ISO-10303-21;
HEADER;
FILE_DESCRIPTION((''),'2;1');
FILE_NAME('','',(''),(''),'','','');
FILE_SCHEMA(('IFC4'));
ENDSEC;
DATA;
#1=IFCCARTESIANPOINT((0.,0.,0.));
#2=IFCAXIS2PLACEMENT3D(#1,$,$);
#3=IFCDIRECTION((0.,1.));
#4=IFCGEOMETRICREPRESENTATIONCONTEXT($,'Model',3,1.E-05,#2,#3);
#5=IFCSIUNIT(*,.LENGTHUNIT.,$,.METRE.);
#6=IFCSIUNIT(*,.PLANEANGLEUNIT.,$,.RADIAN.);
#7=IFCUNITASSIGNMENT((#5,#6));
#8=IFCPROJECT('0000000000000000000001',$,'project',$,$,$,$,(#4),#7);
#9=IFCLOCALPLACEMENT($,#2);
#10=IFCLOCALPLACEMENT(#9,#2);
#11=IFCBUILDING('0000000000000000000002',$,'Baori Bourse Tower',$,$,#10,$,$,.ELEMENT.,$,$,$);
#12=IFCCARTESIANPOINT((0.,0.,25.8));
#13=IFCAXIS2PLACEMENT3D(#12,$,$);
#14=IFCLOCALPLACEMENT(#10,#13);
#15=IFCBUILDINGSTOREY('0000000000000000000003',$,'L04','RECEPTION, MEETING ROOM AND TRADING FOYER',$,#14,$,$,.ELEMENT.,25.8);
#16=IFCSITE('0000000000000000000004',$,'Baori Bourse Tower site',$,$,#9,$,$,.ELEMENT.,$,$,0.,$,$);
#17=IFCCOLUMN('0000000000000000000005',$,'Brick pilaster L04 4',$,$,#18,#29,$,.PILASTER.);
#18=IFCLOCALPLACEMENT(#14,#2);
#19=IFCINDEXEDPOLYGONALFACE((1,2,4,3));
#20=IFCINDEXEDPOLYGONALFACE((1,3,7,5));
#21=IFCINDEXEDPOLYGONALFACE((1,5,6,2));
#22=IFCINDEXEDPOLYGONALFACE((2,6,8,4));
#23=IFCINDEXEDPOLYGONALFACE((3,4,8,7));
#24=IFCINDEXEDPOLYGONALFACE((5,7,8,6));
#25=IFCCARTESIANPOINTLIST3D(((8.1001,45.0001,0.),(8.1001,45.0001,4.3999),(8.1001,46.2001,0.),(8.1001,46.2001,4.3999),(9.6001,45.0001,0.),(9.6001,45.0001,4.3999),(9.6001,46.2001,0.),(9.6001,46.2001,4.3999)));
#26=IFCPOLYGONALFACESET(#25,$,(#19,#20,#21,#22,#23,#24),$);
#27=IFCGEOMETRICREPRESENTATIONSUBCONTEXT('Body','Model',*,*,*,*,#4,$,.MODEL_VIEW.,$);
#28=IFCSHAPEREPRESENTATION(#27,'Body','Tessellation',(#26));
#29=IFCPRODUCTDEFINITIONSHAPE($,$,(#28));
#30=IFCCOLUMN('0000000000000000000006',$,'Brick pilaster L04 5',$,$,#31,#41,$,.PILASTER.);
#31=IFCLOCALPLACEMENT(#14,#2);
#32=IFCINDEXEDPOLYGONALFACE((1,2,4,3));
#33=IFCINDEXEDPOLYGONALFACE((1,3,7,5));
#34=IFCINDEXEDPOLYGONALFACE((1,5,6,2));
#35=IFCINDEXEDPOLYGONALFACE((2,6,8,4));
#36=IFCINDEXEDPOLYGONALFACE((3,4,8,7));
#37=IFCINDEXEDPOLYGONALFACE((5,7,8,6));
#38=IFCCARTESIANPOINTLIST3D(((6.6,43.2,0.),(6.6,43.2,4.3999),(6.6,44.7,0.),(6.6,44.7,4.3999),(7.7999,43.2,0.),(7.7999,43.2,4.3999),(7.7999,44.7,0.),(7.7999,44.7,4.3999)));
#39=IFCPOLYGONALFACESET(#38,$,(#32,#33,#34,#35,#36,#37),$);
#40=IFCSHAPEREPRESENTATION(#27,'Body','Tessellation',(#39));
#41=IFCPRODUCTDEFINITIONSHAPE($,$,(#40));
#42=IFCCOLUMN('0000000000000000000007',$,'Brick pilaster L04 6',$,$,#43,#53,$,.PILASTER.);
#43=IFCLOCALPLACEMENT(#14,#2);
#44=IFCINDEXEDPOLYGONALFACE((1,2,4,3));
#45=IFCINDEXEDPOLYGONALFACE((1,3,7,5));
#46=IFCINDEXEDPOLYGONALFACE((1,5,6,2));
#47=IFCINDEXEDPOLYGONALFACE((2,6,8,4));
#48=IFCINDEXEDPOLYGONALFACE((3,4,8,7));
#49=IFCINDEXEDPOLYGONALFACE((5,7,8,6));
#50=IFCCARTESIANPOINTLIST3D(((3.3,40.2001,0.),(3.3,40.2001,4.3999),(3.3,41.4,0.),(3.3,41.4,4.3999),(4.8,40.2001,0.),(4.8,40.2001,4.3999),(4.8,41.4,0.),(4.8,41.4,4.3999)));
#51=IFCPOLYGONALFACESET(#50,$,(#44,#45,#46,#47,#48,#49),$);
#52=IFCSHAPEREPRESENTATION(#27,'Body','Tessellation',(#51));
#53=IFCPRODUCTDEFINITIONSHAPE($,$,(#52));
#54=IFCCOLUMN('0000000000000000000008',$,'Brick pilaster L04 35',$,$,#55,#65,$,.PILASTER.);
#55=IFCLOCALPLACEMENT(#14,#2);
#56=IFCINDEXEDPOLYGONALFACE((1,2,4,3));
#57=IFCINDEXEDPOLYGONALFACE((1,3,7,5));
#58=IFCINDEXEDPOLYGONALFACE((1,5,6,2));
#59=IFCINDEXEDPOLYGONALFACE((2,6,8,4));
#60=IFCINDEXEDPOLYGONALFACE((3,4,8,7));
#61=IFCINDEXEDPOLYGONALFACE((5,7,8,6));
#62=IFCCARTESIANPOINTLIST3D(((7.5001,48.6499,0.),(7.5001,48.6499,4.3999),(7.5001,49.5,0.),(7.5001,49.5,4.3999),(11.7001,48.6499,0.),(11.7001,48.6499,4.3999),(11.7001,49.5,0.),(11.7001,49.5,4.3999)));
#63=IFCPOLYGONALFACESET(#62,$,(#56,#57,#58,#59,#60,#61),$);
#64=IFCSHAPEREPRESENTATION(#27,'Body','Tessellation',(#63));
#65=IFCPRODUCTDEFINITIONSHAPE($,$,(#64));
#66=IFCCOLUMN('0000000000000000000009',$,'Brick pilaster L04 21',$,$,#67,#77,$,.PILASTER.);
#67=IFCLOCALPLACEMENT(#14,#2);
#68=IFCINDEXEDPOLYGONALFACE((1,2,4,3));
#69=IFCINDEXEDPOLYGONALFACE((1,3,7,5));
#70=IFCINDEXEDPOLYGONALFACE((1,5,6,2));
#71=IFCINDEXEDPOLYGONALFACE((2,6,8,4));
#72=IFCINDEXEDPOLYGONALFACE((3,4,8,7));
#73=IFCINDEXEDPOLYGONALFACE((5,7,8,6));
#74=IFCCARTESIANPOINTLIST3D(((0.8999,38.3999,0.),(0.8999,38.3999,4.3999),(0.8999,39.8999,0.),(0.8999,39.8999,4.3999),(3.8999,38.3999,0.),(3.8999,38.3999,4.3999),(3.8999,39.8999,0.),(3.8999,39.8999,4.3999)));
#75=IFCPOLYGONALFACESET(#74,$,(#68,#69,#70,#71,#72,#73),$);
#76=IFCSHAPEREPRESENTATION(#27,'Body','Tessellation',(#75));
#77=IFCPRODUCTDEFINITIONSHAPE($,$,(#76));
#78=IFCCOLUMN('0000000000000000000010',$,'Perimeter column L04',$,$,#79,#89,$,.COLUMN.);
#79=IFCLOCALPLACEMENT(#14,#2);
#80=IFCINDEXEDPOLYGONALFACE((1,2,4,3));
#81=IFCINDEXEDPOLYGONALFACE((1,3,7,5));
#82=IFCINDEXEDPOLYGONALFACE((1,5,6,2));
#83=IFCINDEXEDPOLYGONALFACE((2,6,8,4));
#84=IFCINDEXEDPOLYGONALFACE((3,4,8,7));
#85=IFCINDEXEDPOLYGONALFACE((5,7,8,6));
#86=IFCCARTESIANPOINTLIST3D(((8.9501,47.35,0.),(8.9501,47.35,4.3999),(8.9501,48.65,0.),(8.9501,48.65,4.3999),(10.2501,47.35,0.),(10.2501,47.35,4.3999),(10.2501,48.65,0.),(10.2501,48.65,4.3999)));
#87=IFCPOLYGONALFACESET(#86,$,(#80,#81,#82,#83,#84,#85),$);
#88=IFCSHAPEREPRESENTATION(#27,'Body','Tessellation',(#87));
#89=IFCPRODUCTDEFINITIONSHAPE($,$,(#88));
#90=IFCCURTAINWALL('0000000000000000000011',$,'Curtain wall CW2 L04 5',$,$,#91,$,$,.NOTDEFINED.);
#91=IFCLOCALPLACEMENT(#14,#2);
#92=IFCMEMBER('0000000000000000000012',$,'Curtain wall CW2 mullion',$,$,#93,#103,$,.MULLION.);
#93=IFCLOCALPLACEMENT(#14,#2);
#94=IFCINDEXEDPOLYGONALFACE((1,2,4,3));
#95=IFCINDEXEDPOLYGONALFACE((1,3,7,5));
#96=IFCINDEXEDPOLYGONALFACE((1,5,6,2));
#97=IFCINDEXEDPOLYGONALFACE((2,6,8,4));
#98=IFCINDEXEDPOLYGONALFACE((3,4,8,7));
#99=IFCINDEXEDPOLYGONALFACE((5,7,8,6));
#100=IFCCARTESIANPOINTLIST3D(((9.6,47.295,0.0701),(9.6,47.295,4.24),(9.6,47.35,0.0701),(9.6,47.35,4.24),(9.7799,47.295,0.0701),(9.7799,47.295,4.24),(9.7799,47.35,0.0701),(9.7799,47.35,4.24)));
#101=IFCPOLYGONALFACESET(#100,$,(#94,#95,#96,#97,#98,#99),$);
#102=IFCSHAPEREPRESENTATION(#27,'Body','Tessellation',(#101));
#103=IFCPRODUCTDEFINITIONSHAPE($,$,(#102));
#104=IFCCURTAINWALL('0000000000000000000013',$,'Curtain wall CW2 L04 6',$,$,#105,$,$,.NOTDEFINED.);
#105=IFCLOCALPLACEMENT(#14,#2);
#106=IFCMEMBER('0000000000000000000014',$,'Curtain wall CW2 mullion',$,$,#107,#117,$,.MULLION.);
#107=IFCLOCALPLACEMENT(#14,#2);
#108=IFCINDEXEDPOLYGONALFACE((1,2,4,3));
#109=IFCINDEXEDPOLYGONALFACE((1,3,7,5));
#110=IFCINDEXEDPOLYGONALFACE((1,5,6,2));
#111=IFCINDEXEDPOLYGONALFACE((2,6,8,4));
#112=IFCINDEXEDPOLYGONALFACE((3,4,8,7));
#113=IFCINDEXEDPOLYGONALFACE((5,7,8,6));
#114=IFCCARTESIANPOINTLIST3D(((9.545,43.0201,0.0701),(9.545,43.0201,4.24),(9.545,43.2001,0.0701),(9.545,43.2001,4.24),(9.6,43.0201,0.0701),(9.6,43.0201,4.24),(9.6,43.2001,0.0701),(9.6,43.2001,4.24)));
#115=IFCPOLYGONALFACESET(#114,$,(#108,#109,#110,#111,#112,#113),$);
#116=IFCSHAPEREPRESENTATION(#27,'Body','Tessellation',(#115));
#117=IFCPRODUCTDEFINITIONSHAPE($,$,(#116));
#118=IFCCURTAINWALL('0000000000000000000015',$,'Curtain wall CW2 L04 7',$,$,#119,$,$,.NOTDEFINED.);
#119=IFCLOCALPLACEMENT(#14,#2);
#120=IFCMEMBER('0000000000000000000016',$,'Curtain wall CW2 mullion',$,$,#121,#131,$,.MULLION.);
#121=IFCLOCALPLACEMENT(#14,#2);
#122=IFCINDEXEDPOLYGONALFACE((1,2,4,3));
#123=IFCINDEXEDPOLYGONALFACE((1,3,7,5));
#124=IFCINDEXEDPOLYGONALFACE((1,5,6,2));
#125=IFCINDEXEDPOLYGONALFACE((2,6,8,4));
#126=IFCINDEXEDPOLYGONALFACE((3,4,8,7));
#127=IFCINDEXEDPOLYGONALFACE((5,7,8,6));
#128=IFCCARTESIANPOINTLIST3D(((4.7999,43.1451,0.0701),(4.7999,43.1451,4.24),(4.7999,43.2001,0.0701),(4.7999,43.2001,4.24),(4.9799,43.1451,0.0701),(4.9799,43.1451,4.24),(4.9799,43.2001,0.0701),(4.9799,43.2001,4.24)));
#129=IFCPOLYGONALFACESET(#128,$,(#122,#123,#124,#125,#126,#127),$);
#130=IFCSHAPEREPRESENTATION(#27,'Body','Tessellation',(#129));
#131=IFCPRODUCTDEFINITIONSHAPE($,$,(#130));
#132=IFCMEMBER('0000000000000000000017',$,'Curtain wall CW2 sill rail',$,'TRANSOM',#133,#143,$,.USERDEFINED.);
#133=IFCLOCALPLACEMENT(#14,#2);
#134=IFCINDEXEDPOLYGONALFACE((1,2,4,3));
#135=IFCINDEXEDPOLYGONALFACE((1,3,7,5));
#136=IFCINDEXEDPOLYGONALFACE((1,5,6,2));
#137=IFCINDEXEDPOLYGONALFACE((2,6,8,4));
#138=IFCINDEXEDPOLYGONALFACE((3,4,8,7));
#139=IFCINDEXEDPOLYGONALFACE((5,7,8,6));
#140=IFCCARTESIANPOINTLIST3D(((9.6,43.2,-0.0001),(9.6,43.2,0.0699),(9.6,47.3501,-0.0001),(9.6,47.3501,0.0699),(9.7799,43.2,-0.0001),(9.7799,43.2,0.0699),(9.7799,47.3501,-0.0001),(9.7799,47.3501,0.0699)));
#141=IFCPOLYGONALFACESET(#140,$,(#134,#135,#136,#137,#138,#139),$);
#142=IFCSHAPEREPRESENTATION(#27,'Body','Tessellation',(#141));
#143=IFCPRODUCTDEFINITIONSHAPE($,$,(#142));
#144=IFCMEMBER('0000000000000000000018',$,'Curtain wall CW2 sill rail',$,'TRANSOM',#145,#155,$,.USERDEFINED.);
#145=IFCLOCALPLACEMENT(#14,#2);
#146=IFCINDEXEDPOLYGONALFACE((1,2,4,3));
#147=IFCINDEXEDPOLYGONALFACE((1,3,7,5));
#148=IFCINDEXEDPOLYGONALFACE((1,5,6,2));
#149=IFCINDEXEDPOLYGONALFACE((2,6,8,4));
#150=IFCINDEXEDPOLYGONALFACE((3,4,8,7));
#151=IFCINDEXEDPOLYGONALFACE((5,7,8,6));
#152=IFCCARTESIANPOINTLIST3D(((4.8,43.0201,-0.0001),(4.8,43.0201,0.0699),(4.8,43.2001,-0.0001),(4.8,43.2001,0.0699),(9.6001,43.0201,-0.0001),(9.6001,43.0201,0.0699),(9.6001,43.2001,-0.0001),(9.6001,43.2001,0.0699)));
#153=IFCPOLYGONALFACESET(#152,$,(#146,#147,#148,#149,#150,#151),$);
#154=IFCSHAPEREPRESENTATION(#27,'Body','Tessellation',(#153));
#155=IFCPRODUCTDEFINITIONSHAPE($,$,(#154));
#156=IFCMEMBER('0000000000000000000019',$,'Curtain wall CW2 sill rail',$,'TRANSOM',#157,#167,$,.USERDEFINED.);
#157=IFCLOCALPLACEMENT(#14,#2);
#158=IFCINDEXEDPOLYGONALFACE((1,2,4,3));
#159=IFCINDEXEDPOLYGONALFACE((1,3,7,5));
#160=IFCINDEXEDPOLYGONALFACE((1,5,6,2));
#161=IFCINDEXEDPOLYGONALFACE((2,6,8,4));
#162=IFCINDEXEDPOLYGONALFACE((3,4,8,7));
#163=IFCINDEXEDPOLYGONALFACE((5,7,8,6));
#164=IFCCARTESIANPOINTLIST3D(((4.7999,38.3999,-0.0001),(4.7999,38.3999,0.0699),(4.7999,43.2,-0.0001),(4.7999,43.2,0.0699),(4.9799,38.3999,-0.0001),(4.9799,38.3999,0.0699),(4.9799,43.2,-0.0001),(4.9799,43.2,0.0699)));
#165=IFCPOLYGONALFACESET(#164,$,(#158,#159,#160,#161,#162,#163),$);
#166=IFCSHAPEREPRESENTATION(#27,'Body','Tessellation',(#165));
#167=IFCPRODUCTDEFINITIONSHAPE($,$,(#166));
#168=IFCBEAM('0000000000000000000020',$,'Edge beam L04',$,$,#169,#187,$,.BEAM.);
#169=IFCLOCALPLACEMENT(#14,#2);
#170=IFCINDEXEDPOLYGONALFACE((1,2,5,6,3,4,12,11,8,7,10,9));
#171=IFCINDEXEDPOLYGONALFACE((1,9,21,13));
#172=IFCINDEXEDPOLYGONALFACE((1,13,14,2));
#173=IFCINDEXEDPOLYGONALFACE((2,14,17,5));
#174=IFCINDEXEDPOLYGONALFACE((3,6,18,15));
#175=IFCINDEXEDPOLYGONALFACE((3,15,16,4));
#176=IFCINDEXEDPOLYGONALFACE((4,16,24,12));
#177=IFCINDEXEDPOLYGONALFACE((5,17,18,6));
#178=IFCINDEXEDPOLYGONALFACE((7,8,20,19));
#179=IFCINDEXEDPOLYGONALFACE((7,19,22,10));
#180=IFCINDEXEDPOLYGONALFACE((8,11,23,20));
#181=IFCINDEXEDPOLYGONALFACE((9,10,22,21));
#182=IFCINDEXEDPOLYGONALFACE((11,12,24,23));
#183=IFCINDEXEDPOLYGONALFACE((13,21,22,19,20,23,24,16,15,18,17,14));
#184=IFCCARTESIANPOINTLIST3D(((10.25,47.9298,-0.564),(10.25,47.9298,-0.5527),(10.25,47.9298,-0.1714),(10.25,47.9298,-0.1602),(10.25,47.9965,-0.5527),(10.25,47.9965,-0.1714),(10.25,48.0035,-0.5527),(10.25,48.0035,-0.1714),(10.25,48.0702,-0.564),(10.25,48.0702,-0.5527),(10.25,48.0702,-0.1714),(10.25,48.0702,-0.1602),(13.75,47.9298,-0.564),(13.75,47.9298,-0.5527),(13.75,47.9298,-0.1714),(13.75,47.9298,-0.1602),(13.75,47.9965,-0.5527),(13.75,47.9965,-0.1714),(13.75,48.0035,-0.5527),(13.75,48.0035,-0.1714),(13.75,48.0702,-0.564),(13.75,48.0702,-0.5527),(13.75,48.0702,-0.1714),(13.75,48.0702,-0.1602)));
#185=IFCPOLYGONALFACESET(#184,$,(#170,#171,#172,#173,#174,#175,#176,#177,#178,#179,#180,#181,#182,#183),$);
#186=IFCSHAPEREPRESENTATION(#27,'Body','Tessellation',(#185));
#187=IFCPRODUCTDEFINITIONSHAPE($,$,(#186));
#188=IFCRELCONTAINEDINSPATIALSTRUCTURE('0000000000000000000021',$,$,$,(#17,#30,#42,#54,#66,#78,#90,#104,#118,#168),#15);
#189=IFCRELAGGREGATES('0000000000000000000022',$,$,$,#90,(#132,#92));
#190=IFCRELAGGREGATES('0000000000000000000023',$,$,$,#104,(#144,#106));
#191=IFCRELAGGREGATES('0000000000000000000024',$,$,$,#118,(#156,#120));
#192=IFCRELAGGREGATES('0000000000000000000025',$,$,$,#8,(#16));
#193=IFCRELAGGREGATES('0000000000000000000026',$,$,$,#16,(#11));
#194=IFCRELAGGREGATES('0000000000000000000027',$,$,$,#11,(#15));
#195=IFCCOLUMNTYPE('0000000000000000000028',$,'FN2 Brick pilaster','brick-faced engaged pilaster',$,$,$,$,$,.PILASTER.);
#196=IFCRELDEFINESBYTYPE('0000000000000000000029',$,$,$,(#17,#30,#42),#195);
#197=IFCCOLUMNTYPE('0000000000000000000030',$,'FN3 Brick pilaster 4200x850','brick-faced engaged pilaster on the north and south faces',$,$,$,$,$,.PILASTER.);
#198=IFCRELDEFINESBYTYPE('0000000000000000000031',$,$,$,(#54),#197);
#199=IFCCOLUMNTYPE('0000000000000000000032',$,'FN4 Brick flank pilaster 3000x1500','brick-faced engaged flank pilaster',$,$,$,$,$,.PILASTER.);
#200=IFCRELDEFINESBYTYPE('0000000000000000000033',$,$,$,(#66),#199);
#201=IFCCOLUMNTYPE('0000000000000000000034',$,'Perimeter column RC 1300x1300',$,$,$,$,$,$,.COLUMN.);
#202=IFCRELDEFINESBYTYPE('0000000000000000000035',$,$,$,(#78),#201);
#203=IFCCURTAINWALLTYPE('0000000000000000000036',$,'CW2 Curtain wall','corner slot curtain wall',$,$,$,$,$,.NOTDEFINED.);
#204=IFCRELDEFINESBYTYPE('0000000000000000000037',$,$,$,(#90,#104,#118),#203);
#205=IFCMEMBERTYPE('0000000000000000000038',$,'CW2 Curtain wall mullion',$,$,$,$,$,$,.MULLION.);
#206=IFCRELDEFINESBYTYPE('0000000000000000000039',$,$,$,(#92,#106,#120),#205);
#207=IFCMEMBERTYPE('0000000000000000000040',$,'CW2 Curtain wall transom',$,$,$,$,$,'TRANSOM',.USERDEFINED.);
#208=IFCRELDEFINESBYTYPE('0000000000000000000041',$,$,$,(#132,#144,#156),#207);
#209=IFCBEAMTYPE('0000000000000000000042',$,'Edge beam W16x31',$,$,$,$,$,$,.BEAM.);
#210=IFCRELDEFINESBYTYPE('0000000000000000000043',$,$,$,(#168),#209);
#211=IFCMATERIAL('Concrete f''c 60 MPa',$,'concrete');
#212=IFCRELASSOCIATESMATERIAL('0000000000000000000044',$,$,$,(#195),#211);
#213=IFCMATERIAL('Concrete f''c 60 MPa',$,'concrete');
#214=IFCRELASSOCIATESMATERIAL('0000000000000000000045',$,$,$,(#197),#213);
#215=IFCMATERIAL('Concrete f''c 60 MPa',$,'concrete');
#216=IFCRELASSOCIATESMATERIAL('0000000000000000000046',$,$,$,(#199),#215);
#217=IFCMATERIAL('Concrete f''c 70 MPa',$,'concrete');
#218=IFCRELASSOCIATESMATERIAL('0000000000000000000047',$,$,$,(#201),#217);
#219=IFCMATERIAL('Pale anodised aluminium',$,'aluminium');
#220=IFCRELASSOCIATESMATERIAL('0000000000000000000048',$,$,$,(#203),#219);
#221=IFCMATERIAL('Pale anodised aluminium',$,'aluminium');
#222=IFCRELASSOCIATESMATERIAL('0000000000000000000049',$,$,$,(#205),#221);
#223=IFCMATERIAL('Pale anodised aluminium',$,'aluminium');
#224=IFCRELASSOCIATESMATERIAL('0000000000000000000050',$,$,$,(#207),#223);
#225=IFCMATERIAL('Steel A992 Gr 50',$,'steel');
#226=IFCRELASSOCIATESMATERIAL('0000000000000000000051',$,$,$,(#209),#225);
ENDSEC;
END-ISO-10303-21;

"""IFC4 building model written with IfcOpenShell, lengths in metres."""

from ifc_helpers import new_model, si_unit, direction, frame, origin, origin_2d, place, context, subcontext, project, spatial, rectangle, i_section, extrude, material, material_profile, profile_set, type_object, element, aggregate, save


model = new_model("IFC4")

# Units and contexts
model_context = context("Model", 3, precision=1e-05, world=origin(), true_north=direction((0.0, 1.0)))
body_context = subcontext(model_context, "Body", "Model", "MODEL_VIEW")
ifc_project = project(units=[si_unit("LENGTHUNIT", "METRE"), si_unit("PLANEANGLEUNIT", "RADIAN")], contexts=[model_context])

# Site, building, storey
site_placement = place(None, origin())
site = spatial("IfcSite", under=ifc_project, at=site_placement, Name="Baori Bourse Tower site", CompositionType="ELEMENT", RefElevation=0.0)
building_placement = place(site_placement, origin())
building = spatial("IfcBuilding", under=site, at=building_placement, Name="Baori Bourse Tower", CompositionType="ELEMENT")
storey_placement = place(building_placement, frame((0.0, 0.0, 25.8)))
storey = spatial("IfcBuildingStorey", under=building, at=storey_placement, Name="L04", Description="RECEPTION, MEETING ROOM AND TRADING FOYER", CompositionType="ELEMENT", Elevation=25.8)

# Columns
ifc_material_1 = material(Name="Concrete f'c 60 MPa", Category="concrete")
ifc_material_profile_1 = material_profile(ifc_material_1, rectangle(XDim=1.2, YDim=1.5, at=origin_2d()), Name="RC 1200x1500")
ifc_profile_set_1 = profile_set([ifc_material_profile_1], Name="Concrete f'c 60 MPa")
column_type_1 = type_object("IfcColumnType", Name="FN2 Brick pilaster", Description="brick-faced engaged pilaster", PredefinedType="PILASTER", material=ifc_profile_set_1)
for number, where, z_axis, x_axis, name in (
    (1, (8.8501, 45.6001, 0.0), (0.0, 0.0, 1.0), (0.0, 1.0, 0.0), "Brick pilaster L04 4"),
    (2, (7.2, 43.95, 0.0), (0.0, 0.0, 1.0), (1.0, 0.0, 0.0), "Brick pilaster L04 5"),
    (3, (4.05, 40.8, 0.0), (0.0, 0.0, 1.0), (0.0, 1.0, 0.0), "Brick pilaster L04 6"),
):
    element("IfcColumn", number, at=place(storey_placement, frame(where, z_axis=z_axis, x_axis=x_axis)), inside=storey, type_object=column_type_1, Name=name, PredefinedType="PILASTER", context=body_context, shape_type="SweptSolid", body=[
        extrude(rectangle(XDim=1.2, YDim=1.5, at=origin_2d()), origin(), (0.0, 0.0, 1.0), 4.3999),
    ])
ifc_material_2 = material(Name="Concrete f'c 60 MPa", Category="concrete")
ifc_material_profile_2 = material_profile(ifc_material_2, rectangle(XDim=4.2, YDim=0.8501, at=origin_2d()), Name="RC 4200x850")
ifc_profile_set_2 = profile_set([ifc_material_profile_2], Name="Concrete f'c 60 MPa")
column_type_2 = type_object("IfcColumnType", Name="FN3 Brick pilaster 4200x850", Description="brick-faced engaged pilaster on the north and south faces", PredefinedType="PILASTER", material=ifc_profile_set_2)
column_1_placement = place(storey_placement, frame((9.6001, 49.075, 0.0), z_axis=(0.0, 0.0, 1.0), x_axis=(1.0, 0.0, 0.0)))
element("IfcColumn", 4, at=column_1_placement, inside=storey, type_object=column_type_2, Name="Brick pilaster L04 35", PredefinedType="PILASTER", context=body_context, shape_type="SweptSolid", body=[
    extrude(rectangle(XDim=4.2, YDim=0.8501, at=origin_2d()), origin(), (0.0, 0.0, 1.0), 4.3999),
])
ifc_material_3 = material(Name="Concrete f'c 60 MPa", Category="concrete")
ifc_material_profile_3 = material_profile(ifc_material_3, rectangle(XDim=3.0, YDim=1.5, at=origin_2d()), Name="RC 3000x1500")
ifc_profile_set_3 = profile_set([ifc_material_profile_3], Name="Concrete f'c 60 MPa")
column_type_3 = type_object("IfcColumnType", Name="FN4 Brick flank pilaster 3000x1500", Description="brick-faced engaged flank pilaster", PredefinedType="PILASTER", material=ifc_profile_set_3)
column_2_placement = place(storey_placement, frame((2.3999, 39.1499, 0.0), z_axis=(0.0, 0.0, 1.0), x_axis=(1.0, 0.0, 0.0)))
element("IfcColumn", 5, at=column_2_placement, inside=storey, type_object=column_type_3, Name="Brick pilaster L04 21", PredefinedType="PILASTER", context=body_context, shape_type="SweptSolid", body=[
    extrude(rectangle(XDim=3.0, YDim=1.5, at=origin_2d()), origin(), (0.0, 0.0, 1.0), 4.3999),
])
ifc_material_4 = material(Name="Concrete f'c 70 MPa", Category="concrete")
ifc_material_profile_4 = material_profile(ifc_material_4, rectangle(XDim=1.3, YDim=1.3, at=origin_2d()), Name="RC 1300x1300")
ifc_profile_set_4 = profile_set([ifc_material_profile_4], Name="Concrete f'c 70 MPa")
column_type_4 = type_object("IfcColumnType", Name="Perimeter column RC 1300x1300", PredefinedType="COLUMN", material=ifc_profile_set_4)
column_3_placement = place(storey_placement, frame((9.6001, 48.0, 0.0), z_axis=(0.0, 0.0, 1.0), x_axis=(1.0, 0.0, 0.0)))
element("IfcColumn", 6, at=column_3_placement, inside=storey, type_object=column_type_4, Name="Perimeter column L04", PredefinedType="COLUMN", context=body_context, shape_type="SweptSolid", body=[
    extrude(rectangle(XDim=1.3, YDim=1.3, at=origin_2d()), origin(), (0.0, 0.0, 1.0), 4.3999),
])

# Curtain walls, members
ifc_material_5 = material(Name="Pale anodised aluminium", Category="aluminium")
curtain_wall_type = type_object("IfcCurtainWallType", Name="CW2 Curtain wall", Description="corner slot curtain wall", PredefinedType="NOTDEFINED", material=ifc_material_5)
curtain_wall_1_placement = place(storey_placement, origin())
curtain_wall_1 = element("IfcCurtainWall", 7, at=curtain_wall_1_placement, inside=storey, type_object=curtain_wall_type, Name="Curtain wall CW2 L04 5", PredefinedType="NOTDEFINED")
ifc_material_6 = material(Name="Pale anodised aluminium", Category="aluminium")
ifc_material_profile_5 = material_profile(ifc_material_6, rectangle(XDim=0.1799, YDim=0.0549, at=origin_2d()), Name="Mullion 55x180")
ifc_profile_set_5 = profile_set([ifc_material_profile_5], Name="Pale anodised aluminium")
member_type_1 = type_object("IfcMemberType", Name="CW2 Curtain wall mullion", PredefinedType="MULLION", material=ifc_profile_set_5)
member_1_placement = place(storey_placement, frame((9.6899, 47.3225, 0.0701), z_axis=(0.0, 0.0, 1.0), x_axis=(1.0, 0.0, 0.0)))
member_1 = element("IfcMember", 8, at=member_1_placement, type_object=member_type_1, Name="Curtain wall CW2 mullion", PredefinedType="MULLION", context=body_context, shape_type="SweptSolid", body=[
    extrude(rectangle(XDim=0.1799, YDim=0.0549, at=origin_2d()), origin(), (0.0, 0.0, 1.0), 4.1699),
])
curtain_wall_2_placement = place(storey_placement, origin())
curtain_wall_2 = element("IfcCurtainWall", 9, at=curtain_wall_2_placement, inside=storey, type_object=curtain_wall_type, Name="Curtain wall CW2 L04 6", PredefinedType="NOTDEFINED")
member_2_placement = place(storey_placement, frame((9.5725, 43.1101, 0.0701), z_axis=(0.0, 0.0, 1.0), x_axis=(0.0, -1.0, 0.0)))
member_2 = element("IfcMember", 10, at=member_2_placement, type_object=member_type_1, Name="Curtain wall CW2 mullion", PredefinedType="MULLION", context=body_context, shape_type="SweptSolid", body=[
    extrude(rectangle(XDim=0.1799, YDim=0.0549, at=origin_2d()), origin(), (0.0, 0.0, 1.0), 4.1699),
])
curtain_wall_3_placement = place(storey_placement, origin())
curtain_wall_3 = element("IfcCurtainWall", 11, at=curtain_wall_3_placement, inside=storey, type_object=curtain_wall_type, Name="Curtain wall CW2 L04 7", PredefinedType="NOTDEFINED")
member_3_placement = place(storey_placement, frame((4.8899, 43.1726, 0.0701), z_axis=(0.0, 0.0, 1.0), x_axis=(1.0, 0.0, 0.0)))
member_3 = element("IfcMember", 12, at=member_3_placement, type_object=member_type_1, Name="Curtain wall CW2 mullion", PredefinedType="MULLION", context=body_context, shape_type="SweptSolid", body=[
    extrude(rectangle(XDim=0.1799, YDim=0.0549, at=origin_2d()), origin(), (0.0, 0.0, 1.0), 4.1699),
])

# Members
ifc_material_7 = material(Name="Pale anodised aluminium", Category="aluminium")
ifc_material_profile_6 = material_profile(ifc_material_7, rectangle(XDim=0.1799, YDim=0.0701, at=origin_2d()), Name="Transom 70x180")
ifc_profile_set_6 = profile_set([ifc_material_profile_6], Name="Pale anodised aluminium")
member_type_2 = type_object("IfcMemberType", Name="CW2 Curtain wall transom", ElementType="TRANSOM", PredefinedType="USERDEFINED", material=ifc_profile_set_6)
member_4_placement = place(storey_placement, frame((9.6899, 47.3501, 0.0349), z_axis=(0.0, -1.0, 0.0), x_axis=(1.0, 0.0, 0.0)))
member_4 = element("IfcMember", 13, at=member_4_placement, type_object=member_type_2, Name="Curtain wall CW2 sill rail", ObjectType="TRANSOM", PredefinedType="USERDEFINED", context=body_context, shape_type="SweptSolid", body=[
    extrude(rectangle(XDim=0.1799, YDim=0.0701, at=origin_2d()), origin(), (0.0, 0.0, 1.0), 4.1501),
])
member_5_placement = place(storey_placement, frame((9.6001, 43.1101, 0.0349), z_axis=(-1.0, 0.0, 0.0), x_axis=(0.0, -1.0, 0.0)))
member_5 = element("IfcMember", 14, at=member_5_placement, type_object=member_type_2, Name="Curtain wall CW2 sill rail", ObjectType="TRANSOM", PredefinedType="USERDEFINED", context=body_context, shape_type="SweptSolid", body=[
    extrude(rectangle(XDim=0.1799, YDim=0.0701, at=origin_2d()), origin(), (0.0, 0.0, 1.0), 4.8),
])
member_6_placement = place(storey_placement, frame((4.8899, 43.2, 0.0349), z_axis=(0.0, -1.0, 0.0), x_axis=(1.0, 0.0, 0.0)))
member_6 = element("IfcMember", 15, at=member_6_placement, type_object=member_type_2, Name="Curtain wall CW2 sill rail", ObjectType="TRANSOM", PredefinedType="USERDEFINED", context=body_context, shape_type="SweptSolid", body=[
    extrude(rectangle(XDim=0.1799, YDim=0.0701, at=origin_2d()), origin(), (0.0, 0.0, 1.0), 4.8),
])

# Beam
ifc_material_8 = material(Name="Steel A992 Gr 50", Category="steel")
ifc_material_profile_7 = material_profile(ifc_material_8, i_section(OverallWidth=0.1404, OverallDepth=0.4038, WebThickness=0.0071, FlangeThickness=0.0112, at=origin_2d()), Name="W16x31")
ifc_profile_set_7 = profile_set([ifc_material_profile_7], Name="Steel A992 Gr 50")
beam_type_1 = type_object("IfcBeamType", Name="Edge beam W16x31", PredefinedType="BEAM", material=ifc_profile_set_7)
beam_1_placement = place(storey_placement, frame((10.25, 48.0, -0.3621), z_axis=(1.0, 0.0, 0.0), x_axis=(0.0, 1.0, 0.0)))
element("IfcBeam", 16, at=beam_1_placement, inside=storey, type_object=beam_type_1, Name="Edge beam L04", PredefinedType="BEAM", context=body_context, shape_type="SweptSolid", body=[
    extrude(i_section(OverallWidth=0.1404, OverallDepth=0.4038, WebThickness=0.0071, FlangeThickness=0.0112, at=origin_2d()), origin(), (0.0, 0.0, 1.0), 3.5),
])

aggregate(curtain_wall_1, [member_4, member_1])
aggregate(curtain_wall_2, [member_5, member_2])
aggregate(curtain_wall_3, [member_6, member_3])

save(model, "model.ifc")
